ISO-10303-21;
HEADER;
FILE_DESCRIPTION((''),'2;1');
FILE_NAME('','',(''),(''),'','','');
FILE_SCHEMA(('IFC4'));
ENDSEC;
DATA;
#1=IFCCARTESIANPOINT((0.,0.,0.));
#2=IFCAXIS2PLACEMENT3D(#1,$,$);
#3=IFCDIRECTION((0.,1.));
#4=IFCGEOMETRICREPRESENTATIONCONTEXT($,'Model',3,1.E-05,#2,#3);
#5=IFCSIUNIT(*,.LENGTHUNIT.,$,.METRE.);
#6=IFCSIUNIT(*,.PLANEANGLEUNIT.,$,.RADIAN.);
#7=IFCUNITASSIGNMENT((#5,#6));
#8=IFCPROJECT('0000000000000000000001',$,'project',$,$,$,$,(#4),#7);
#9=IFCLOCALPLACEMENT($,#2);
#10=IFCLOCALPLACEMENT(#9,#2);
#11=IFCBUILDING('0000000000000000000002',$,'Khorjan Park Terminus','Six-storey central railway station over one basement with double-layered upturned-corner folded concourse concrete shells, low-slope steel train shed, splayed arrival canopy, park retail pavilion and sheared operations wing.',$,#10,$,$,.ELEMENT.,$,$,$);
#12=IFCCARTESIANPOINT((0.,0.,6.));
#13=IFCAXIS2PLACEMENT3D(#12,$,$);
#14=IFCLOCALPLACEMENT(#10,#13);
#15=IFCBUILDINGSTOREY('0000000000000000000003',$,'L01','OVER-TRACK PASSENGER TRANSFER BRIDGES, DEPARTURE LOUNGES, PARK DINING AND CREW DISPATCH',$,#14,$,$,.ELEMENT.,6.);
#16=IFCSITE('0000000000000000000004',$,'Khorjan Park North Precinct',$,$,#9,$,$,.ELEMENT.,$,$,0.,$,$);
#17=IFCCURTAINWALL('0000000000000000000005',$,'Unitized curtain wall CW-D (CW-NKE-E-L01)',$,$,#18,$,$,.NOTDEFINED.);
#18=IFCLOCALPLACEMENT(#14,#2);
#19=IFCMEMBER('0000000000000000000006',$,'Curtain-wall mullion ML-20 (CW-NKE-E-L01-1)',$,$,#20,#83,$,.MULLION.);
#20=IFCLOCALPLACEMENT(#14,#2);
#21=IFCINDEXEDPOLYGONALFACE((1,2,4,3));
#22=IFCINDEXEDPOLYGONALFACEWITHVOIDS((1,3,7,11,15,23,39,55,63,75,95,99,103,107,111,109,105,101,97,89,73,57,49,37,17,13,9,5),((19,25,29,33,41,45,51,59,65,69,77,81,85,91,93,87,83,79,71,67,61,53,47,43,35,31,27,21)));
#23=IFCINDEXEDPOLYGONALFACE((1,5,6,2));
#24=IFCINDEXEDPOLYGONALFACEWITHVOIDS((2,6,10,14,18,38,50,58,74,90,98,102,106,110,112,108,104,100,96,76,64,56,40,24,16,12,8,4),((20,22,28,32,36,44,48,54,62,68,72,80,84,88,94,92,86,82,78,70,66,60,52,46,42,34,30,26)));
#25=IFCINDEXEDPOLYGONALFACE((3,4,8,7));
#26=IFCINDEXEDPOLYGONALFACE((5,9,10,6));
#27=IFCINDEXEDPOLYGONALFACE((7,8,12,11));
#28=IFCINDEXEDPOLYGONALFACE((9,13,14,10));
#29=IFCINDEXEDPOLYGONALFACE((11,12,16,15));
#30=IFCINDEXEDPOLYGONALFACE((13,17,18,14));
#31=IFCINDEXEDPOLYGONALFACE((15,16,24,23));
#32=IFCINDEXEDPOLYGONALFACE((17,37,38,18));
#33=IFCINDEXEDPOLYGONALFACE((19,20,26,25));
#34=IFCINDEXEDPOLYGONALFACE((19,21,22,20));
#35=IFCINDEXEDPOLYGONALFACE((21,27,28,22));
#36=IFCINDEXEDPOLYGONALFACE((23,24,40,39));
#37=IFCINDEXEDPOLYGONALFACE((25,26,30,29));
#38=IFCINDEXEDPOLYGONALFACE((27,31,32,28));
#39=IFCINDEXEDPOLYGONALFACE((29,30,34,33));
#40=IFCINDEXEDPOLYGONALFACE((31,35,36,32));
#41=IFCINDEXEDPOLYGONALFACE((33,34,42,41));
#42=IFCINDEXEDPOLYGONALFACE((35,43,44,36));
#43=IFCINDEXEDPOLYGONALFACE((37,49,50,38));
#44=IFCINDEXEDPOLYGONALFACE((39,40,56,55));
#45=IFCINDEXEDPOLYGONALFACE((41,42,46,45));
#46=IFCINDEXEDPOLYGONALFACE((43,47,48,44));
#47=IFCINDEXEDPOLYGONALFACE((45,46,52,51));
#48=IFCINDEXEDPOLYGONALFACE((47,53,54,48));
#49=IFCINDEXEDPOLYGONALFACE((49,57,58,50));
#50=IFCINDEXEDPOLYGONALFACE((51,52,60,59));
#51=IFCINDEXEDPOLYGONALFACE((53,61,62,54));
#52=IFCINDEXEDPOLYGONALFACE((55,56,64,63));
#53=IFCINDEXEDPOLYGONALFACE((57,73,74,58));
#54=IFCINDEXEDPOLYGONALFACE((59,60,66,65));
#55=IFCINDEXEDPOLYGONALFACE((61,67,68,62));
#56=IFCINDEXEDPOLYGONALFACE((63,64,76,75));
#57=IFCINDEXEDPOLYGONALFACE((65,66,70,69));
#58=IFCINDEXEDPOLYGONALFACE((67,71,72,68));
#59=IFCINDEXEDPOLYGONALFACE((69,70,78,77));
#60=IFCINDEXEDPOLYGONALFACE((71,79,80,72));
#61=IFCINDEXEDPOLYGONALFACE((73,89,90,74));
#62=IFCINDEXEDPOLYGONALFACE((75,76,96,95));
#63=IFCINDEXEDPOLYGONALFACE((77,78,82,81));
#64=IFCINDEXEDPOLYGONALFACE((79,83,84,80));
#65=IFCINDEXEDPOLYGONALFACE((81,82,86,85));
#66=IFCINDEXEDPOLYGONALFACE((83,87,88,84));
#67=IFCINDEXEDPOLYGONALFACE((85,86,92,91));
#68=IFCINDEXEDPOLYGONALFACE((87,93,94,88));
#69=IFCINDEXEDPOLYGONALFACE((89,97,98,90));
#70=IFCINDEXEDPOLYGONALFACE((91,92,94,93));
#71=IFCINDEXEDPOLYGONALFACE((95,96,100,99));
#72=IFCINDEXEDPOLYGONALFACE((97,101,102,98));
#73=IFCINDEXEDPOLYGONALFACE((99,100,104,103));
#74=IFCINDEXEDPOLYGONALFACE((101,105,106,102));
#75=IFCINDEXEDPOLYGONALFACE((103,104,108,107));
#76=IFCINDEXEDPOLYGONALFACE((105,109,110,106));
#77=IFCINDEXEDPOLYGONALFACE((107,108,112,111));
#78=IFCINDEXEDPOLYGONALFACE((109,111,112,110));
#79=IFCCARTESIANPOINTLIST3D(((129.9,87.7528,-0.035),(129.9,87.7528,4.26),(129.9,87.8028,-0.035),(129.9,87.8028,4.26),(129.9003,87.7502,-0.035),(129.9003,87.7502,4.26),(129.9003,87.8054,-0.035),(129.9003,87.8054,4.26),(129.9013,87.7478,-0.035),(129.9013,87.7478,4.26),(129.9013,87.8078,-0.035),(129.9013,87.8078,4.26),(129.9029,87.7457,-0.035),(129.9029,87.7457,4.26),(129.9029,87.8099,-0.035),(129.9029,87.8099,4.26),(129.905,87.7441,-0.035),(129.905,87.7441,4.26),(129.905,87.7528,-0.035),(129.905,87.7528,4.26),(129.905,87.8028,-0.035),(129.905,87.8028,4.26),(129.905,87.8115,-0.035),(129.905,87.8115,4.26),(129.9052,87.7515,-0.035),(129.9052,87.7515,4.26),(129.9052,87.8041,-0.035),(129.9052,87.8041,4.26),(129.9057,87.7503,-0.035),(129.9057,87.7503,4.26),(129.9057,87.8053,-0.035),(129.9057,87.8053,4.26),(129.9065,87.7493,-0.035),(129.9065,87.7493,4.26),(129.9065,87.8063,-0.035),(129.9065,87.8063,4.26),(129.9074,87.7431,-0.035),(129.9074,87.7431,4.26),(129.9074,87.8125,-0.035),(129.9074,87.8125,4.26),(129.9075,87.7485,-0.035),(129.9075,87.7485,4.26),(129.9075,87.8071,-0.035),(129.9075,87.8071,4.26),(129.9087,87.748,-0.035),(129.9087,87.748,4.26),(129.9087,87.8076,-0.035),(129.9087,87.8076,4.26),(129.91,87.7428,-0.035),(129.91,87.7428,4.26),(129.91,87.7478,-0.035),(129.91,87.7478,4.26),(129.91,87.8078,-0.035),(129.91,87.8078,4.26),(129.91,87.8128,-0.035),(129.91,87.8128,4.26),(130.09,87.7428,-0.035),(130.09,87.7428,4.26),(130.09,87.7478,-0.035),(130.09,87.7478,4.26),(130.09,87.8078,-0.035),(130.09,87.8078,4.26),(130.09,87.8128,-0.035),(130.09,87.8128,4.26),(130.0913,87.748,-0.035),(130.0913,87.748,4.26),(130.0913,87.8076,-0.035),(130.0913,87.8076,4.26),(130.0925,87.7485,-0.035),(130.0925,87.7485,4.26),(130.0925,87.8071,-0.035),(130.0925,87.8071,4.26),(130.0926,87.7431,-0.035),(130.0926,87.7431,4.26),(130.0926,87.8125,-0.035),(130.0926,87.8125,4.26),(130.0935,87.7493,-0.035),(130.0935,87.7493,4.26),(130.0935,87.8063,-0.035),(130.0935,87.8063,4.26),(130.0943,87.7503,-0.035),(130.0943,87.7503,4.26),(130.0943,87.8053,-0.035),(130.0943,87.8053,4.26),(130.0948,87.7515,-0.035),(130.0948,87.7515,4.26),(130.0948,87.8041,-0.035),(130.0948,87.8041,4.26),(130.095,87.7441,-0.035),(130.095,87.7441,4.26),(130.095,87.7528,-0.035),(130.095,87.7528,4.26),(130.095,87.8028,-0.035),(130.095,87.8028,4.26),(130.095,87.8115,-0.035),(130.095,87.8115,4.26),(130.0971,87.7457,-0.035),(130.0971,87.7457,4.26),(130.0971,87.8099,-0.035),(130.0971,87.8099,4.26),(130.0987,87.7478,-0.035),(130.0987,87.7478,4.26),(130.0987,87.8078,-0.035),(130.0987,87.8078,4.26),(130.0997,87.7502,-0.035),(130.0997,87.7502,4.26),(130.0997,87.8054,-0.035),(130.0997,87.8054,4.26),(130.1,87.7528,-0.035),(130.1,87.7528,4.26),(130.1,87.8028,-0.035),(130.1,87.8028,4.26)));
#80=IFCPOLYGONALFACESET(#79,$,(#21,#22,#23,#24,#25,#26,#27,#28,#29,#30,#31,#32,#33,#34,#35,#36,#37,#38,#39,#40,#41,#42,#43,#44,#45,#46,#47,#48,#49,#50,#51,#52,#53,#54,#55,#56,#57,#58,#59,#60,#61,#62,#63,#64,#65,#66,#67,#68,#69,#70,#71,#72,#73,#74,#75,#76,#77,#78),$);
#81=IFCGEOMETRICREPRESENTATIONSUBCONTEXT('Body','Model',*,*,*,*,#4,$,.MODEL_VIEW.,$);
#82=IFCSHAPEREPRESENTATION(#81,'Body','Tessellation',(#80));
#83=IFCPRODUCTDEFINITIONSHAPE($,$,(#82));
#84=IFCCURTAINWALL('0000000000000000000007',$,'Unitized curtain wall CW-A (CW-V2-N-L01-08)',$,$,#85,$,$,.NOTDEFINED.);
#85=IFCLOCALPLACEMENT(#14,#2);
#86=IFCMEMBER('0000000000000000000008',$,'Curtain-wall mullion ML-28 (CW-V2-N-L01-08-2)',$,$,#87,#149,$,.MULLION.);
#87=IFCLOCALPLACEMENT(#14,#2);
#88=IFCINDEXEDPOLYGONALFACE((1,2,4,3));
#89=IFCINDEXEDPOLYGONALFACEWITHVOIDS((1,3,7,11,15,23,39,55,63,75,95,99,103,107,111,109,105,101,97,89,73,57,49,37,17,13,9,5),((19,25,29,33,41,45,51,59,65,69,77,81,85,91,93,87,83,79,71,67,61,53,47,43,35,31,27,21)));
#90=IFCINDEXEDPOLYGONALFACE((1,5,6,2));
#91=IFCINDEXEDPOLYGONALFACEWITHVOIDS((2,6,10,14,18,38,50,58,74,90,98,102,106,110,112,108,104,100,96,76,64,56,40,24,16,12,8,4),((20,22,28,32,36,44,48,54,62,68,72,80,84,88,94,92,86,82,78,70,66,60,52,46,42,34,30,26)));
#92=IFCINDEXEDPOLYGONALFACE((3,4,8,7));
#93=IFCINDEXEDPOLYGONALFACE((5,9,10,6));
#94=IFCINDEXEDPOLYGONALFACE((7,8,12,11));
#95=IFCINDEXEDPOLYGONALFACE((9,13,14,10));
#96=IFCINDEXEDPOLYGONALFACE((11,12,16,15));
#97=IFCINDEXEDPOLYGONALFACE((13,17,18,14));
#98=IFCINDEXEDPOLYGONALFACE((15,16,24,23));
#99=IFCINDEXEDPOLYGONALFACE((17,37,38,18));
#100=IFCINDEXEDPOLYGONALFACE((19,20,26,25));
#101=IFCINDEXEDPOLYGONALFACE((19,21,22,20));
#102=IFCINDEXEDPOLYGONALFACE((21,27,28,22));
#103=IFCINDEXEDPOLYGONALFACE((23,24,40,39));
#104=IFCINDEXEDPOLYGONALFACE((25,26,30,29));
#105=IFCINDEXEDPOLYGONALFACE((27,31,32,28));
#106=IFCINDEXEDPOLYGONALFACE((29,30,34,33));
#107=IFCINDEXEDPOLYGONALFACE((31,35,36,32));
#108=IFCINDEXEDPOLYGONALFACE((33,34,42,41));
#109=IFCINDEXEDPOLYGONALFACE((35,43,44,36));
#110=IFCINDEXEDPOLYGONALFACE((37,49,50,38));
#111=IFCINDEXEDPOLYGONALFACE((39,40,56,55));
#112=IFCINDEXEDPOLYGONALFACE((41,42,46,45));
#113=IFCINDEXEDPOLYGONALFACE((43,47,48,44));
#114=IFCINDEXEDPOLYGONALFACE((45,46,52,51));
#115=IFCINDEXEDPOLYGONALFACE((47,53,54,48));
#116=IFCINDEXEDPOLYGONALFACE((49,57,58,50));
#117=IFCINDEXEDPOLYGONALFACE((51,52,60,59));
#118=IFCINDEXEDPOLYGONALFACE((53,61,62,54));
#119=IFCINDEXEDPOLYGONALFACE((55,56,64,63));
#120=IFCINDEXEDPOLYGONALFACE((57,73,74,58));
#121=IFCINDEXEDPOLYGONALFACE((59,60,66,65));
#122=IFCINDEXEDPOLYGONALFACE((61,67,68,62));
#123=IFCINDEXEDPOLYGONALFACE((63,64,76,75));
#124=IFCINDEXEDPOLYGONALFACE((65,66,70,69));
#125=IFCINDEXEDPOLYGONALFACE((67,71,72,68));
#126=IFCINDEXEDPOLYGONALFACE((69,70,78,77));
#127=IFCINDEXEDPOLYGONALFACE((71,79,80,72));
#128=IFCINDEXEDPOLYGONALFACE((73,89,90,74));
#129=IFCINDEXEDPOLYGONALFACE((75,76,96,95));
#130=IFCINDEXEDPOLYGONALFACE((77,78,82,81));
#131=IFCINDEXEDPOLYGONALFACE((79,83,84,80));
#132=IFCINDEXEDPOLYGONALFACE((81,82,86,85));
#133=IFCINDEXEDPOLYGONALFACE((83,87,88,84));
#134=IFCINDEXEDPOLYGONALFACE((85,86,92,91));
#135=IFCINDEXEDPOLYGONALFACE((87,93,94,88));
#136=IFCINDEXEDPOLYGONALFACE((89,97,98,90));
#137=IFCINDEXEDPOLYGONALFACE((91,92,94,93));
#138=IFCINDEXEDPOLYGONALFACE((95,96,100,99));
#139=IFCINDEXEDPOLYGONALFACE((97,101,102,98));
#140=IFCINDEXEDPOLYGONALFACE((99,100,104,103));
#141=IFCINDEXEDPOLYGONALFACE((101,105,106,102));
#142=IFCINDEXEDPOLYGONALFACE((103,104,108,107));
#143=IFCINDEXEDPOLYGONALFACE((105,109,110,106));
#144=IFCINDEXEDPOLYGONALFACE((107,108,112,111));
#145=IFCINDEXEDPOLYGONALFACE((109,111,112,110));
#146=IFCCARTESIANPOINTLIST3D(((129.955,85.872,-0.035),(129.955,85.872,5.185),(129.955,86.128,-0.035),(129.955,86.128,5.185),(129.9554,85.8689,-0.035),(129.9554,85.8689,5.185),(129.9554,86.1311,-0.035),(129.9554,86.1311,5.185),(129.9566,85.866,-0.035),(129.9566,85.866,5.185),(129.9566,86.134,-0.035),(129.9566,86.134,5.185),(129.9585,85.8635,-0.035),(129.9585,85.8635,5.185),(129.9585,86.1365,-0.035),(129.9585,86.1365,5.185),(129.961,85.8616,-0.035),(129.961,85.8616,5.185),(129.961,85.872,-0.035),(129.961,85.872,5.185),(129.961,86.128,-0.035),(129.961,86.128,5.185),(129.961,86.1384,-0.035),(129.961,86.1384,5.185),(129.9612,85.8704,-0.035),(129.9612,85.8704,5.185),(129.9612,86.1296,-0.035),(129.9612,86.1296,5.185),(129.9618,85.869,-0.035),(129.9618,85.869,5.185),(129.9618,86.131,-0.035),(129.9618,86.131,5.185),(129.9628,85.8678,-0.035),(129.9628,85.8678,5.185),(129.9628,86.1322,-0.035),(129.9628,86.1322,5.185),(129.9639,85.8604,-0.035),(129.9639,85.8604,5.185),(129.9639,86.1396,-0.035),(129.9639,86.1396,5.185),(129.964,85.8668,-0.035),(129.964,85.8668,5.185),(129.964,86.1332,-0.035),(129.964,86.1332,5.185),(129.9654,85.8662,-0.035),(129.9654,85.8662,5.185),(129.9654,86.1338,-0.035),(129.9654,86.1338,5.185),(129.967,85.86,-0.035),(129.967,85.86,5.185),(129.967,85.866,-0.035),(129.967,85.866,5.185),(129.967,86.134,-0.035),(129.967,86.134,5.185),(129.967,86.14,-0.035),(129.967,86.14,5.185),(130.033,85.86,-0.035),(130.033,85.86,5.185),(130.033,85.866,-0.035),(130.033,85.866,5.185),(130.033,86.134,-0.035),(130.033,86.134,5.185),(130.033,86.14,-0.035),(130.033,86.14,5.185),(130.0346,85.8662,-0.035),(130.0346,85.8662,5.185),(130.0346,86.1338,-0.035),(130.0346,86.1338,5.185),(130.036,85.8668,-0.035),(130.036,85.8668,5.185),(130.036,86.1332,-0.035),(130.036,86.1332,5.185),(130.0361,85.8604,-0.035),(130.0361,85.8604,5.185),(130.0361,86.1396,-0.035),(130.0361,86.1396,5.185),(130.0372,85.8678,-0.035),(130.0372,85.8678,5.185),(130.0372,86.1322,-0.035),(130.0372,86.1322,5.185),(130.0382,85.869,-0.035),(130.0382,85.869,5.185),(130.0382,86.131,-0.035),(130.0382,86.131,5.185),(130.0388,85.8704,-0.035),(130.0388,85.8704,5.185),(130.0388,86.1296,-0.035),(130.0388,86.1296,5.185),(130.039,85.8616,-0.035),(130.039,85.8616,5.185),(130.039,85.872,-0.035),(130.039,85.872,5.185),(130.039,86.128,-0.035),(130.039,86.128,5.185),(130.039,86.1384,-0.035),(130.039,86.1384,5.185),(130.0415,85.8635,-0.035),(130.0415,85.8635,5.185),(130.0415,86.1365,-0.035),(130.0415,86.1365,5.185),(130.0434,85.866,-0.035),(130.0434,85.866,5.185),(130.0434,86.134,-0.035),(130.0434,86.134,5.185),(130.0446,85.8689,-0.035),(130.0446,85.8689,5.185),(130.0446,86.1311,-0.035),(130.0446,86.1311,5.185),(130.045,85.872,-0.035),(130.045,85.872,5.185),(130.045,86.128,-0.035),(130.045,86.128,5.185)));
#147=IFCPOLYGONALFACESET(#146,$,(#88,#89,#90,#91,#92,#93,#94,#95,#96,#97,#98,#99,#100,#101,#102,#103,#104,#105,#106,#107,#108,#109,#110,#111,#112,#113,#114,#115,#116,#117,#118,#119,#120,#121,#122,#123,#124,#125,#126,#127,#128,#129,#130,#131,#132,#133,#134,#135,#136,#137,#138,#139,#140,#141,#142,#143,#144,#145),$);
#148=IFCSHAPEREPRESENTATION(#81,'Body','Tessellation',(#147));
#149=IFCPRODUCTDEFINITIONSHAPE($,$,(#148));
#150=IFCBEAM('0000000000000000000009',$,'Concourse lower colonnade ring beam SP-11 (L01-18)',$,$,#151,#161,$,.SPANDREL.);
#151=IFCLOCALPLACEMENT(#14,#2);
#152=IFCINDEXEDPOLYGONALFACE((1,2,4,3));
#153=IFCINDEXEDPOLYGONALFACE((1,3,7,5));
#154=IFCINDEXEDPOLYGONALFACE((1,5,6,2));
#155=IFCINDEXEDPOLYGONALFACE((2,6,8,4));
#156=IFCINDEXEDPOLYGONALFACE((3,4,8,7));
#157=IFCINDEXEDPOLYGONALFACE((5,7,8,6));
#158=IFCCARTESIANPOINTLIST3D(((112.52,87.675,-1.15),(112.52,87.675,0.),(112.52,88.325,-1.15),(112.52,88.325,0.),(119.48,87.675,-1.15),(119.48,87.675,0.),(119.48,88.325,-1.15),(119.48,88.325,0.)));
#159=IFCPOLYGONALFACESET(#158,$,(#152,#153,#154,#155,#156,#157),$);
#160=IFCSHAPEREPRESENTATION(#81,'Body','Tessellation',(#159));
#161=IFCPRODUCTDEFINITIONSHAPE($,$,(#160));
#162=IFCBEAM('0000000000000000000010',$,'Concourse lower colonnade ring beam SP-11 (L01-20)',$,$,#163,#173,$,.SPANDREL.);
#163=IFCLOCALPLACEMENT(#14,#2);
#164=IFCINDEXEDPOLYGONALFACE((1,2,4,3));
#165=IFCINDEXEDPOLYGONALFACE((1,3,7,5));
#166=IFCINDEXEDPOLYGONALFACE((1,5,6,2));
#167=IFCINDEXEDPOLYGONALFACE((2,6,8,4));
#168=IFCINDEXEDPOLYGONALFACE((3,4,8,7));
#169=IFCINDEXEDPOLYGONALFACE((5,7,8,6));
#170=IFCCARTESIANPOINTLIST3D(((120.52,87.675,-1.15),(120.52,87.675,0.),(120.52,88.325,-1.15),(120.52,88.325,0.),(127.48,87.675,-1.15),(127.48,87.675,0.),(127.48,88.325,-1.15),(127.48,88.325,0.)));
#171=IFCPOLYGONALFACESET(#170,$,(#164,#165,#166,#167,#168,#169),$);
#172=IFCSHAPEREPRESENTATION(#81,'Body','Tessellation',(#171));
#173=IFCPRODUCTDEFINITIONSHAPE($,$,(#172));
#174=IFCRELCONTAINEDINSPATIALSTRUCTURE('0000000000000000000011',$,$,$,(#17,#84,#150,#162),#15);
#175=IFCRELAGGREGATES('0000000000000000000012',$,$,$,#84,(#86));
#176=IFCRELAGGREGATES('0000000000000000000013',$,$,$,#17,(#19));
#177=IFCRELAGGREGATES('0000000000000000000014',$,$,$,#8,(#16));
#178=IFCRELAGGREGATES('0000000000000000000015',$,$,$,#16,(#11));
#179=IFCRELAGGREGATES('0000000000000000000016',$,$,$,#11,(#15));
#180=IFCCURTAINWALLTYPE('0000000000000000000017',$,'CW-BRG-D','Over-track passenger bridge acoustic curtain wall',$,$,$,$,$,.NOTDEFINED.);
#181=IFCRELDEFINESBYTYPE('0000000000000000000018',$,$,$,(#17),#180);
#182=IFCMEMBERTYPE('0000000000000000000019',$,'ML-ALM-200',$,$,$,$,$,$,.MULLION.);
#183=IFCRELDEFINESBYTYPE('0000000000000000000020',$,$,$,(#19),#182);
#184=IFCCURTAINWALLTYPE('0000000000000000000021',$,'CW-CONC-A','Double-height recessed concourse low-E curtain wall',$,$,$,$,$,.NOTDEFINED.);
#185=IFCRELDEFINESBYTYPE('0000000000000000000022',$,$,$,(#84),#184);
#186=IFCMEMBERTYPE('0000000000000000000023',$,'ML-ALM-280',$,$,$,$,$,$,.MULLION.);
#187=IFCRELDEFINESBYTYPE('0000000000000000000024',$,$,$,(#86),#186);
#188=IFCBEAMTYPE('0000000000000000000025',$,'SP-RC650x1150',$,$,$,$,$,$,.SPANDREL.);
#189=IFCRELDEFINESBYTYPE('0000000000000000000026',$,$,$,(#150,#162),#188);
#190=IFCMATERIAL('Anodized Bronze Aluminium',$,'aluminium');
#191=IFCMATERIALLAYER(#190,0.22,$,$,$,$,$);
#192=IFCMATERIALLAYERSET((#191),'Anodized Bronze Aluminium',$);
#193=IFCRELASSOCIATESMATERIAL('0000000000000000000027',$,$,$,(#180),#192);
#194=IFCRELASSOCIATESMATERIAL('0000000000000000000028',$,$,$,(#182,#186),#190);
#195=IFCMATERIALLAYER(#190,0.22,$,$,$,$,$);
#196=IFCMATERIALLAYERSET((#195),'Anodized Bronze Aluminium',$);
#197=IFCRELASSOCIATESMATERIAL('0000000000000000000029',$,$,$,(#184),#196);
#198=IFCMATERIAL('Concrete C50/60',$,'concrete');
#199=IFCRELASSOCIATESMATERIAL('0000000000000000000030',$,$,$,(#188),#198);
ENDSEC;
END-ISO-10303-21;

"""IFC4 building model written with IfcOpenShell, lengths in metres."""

from ifc_helpers import new_model, si_unit, direction, frame, origin, origin_2d, place, context, subcontext, project, spatial, rectangle, hollow_rectangle, extrude, material, layer, layer_set, material_profile, profile_set, type_object, element, aggregate, save


model = new_model("IFC4")

# Units and contexts
model_context = context("Model", 3, precision=1e-05, world=origin(), true_north=direction((0.0, 1.0)))
body_context = subcontext(model_context, "Body", "Model", "MODEL_VIEW")
ifc_project = project(units=[si_unit("LENGTHUNIT", "METRE"), si_unit("PLANEANGLEUNIT", "RADIAN")], contexts=[model_context])

# Site, building, storey
site_placement = place(None, origin())
site = spatial("IfcSite", under=ifc_project, at=site_placement, Name="Khorjan Park North Precinct", CompositionType="ELEMENT", RefElevation=0.0)
building_placement = place(site_placement, origin())
building = spatial("IfcBuilding", under=site, at=building_placement, Name="Khorjan Park Terminus", Description="Six-storey central railway station over one basement with double-layered upturned-corner folded concourse concrete shells, low-slope steel train shed, splayed arrival canopy, park retail pavilion and sheared operations wing.", CompositionType="ELEMENT")
storey_placement = place(building_placement, frame((0.0, 0.0, 6.0)))
storey = spatial("IfcBuildingStorey", under=building, at=storey_placement, Name="L01", Description="OVER-TRACK PASSENGER TRANSFER BRIDGES, DEPARTURE LOUNGES, PARK DINING AND CREW DISPATCH", CompositionType="ELEMENT", Elevation=6.0)

# Shared definitions
ifc_material_1 = material(Name="Concrete C50/60", Category="concrete")

# Curtain walls, members
ifc_material_2 = material(Name="Anodized Bronze Aluminium", Category="aluminium")
ifc_layer_1 = layer(ifc_material_2, 0.22)
ifc_layer_set_1 = layer_set([ifc_layer_1], Name="Anodized Bronze Aluminium")
curtain_wall_type_1 = type_object("IfcCurtainWallType", Name="CW-BRG-D", Description="Over-track passenger bridge acoustic curtain wall", PredefinedType="NOTDEFINED", material=ifc_layer_set_1)
curtain_wall_1_placement = place(storey_placement, origin())
curtain_wall_1 = element("IfcCurtainWall", 1, at=curtain_wall_1_placement, inside=storey, type_object=curtain_wall_type_1, Name="Unitized curtain wall CW-D (CW-NKE-E-L01)", PredefinedType="NOTDEFINED")
ifc_material_profile_1 = material_profile(ifc_material_2, hollow_rectangle(XDim=0.07, YDim=0.2, WallThickness=0.005, InnerFilletRadius=0.005, OuterFilletRadius=0.01, at=origin_2d()), Name="ALM 70x200x5")
ifc_profile_set_1 = profile_set([ifc_material_profile_1], Name="Anodized Bronze Aluminium")
member_type_1 = type_object("IfcMemberType", Name="ML-ALM-200", PredefinedType="MULLION", material=ifc_profile_set_1)
member_1_placement = place(storey_placement, frame((130.0, 87.7778, -0.035), z_axis=(0.0, 0.0, 1.0), x_axis=(0.0, 1.0, 0.0)))
member_1 = element("IfcMember", 2, at=member_1_placement, type_object=member_type_1, Name="Curtain-wall mullion ML-20 (CW-NKE-E-L01-1)", PredefinedType="MULLION", context=body_context, shape_type="SweptSolid", body=[
    extrude(hollow_rectangle(XDim=0.07, YDim=0.2, WallThickness=0.005, InnerFilletRadius=0.005, OuterFilletRadius=0.01, at=origin_2d()), origin(), (0.0, 0.0, 1.0), 4.295),
])
ifc_layer_2 = layer(ifc_material_2, 0.22)
ifc_layer_set_2 = layer_set([ifc_layer_2], Name="Anodized Bronze Aluminium")
curtain_wall_type_2 = type_object("IfcCurtainWallType", Name="CW-CONC-A", Description="Double-height recessed concourse low-E curtain wall", PredefinedType="NOTDEFINED", material=ifc_layer_set_2)
curtain_wall_2_placement = place(storey_placement, origin())
curtain_wall_2 = element("IfcCurtainWall", 3, at=curtain_wall_2_placement, inside=storey, type_object=curtain_wall_type_2, Name="Unitized curtain wall CW-A (CW-V2-N-L01-08)", PredefinedType="NOTDEFINED")
ifc_material_profile_2 = material_profile(ifc_material_2, hollow_rectangle(XDim=0.09, YDim=0.28, WallThickness=0.006, InnerFilletRadius=0.006, OuterFilletRadius=0.012, at=origin_2d()), Name="ALM 90x280x6")
ifc_profile_set_2 = profile_set([ifc_material_profile_2], Name="Anodized Bronze Aluminium")
member_type_2 = type_object("IfcMemberType", Name="ML-ALM-280", PredefinedType="MULLION", material=ifc_profile_set_2)
member_2_placement = place(storey_placement, frame((130.0, 86.0, -0.035), z_axis=(0.0, 0.0, 1.0), x_axis=(-1.0, 0.0, 0.0)))
member_2 = element("IfcMember", 4, at=member_2_placement, type_object=member_type_2, Name="Curtain-wall mullion ML-28 (CW-V2-N-L01-08-2)", PredefinedType="MULLION", context=body_context, shape_type="SweptSolid", body=[
    extrude(hollow_rectangle(XDim=0.09, YDim=0.28, WallThickness=0.006, InnerFilletRadius=0.006, OuterFilletRadius=0.012, at=origin_2d()), origin(), (0.0, 0.0, 1.0), 5.22),
])
aggregate(curtain_wall_2, [member_2])

# Beams
ifc_material_profile_3 = material_profile(ifc_material_1, rectangle(XDim=0.65, YDim=1.15, at=origin_2d()), Name="RC 650x1150")
ifc_profile_set_3 = profile_set([ifc_material_profile_3], Name="Concrete C50/60")
beam_type_1 = type_object("IfcBeamType", Name="SP-RC650x1150", PredefinedType="SPANDREL", material=ifc_profile_set_3)
for number, where, z_axis, x_axis, name in (
    (5, (112.52, 88.0, -0.575), (1.0, 0.0, 0.0), (0.0, 1.0, 0.0), "Concourse lower colonnade ring beam SP-11 (L01-18)"),
    (6, (120.52, 88.0, -0.575), (1.0, 0.0, 0.0), (0.0, 1.0, 0.0), "Concourse lower colonnade ring beam SP-11 (L01-20)"),
):
    element("IfcBeam", number, at=place(storey_placement, frame(where, z_axis=z_axis, x_axis=x_axis)), inside=storey, type_object=beam_type_1, Name=name, PredefinedType="SPANDREL", context=body_context, shape_type="SweptSolid", body=[
        extrude(rectangle(XDim=0.65, YDim=1.15, at=origin_2d()), origin(), (0.0, 0.0, 1.0), 6.96),
    ])

aggregate(curtain_wall_1, [member_1])

save(model, "model.ifc")
